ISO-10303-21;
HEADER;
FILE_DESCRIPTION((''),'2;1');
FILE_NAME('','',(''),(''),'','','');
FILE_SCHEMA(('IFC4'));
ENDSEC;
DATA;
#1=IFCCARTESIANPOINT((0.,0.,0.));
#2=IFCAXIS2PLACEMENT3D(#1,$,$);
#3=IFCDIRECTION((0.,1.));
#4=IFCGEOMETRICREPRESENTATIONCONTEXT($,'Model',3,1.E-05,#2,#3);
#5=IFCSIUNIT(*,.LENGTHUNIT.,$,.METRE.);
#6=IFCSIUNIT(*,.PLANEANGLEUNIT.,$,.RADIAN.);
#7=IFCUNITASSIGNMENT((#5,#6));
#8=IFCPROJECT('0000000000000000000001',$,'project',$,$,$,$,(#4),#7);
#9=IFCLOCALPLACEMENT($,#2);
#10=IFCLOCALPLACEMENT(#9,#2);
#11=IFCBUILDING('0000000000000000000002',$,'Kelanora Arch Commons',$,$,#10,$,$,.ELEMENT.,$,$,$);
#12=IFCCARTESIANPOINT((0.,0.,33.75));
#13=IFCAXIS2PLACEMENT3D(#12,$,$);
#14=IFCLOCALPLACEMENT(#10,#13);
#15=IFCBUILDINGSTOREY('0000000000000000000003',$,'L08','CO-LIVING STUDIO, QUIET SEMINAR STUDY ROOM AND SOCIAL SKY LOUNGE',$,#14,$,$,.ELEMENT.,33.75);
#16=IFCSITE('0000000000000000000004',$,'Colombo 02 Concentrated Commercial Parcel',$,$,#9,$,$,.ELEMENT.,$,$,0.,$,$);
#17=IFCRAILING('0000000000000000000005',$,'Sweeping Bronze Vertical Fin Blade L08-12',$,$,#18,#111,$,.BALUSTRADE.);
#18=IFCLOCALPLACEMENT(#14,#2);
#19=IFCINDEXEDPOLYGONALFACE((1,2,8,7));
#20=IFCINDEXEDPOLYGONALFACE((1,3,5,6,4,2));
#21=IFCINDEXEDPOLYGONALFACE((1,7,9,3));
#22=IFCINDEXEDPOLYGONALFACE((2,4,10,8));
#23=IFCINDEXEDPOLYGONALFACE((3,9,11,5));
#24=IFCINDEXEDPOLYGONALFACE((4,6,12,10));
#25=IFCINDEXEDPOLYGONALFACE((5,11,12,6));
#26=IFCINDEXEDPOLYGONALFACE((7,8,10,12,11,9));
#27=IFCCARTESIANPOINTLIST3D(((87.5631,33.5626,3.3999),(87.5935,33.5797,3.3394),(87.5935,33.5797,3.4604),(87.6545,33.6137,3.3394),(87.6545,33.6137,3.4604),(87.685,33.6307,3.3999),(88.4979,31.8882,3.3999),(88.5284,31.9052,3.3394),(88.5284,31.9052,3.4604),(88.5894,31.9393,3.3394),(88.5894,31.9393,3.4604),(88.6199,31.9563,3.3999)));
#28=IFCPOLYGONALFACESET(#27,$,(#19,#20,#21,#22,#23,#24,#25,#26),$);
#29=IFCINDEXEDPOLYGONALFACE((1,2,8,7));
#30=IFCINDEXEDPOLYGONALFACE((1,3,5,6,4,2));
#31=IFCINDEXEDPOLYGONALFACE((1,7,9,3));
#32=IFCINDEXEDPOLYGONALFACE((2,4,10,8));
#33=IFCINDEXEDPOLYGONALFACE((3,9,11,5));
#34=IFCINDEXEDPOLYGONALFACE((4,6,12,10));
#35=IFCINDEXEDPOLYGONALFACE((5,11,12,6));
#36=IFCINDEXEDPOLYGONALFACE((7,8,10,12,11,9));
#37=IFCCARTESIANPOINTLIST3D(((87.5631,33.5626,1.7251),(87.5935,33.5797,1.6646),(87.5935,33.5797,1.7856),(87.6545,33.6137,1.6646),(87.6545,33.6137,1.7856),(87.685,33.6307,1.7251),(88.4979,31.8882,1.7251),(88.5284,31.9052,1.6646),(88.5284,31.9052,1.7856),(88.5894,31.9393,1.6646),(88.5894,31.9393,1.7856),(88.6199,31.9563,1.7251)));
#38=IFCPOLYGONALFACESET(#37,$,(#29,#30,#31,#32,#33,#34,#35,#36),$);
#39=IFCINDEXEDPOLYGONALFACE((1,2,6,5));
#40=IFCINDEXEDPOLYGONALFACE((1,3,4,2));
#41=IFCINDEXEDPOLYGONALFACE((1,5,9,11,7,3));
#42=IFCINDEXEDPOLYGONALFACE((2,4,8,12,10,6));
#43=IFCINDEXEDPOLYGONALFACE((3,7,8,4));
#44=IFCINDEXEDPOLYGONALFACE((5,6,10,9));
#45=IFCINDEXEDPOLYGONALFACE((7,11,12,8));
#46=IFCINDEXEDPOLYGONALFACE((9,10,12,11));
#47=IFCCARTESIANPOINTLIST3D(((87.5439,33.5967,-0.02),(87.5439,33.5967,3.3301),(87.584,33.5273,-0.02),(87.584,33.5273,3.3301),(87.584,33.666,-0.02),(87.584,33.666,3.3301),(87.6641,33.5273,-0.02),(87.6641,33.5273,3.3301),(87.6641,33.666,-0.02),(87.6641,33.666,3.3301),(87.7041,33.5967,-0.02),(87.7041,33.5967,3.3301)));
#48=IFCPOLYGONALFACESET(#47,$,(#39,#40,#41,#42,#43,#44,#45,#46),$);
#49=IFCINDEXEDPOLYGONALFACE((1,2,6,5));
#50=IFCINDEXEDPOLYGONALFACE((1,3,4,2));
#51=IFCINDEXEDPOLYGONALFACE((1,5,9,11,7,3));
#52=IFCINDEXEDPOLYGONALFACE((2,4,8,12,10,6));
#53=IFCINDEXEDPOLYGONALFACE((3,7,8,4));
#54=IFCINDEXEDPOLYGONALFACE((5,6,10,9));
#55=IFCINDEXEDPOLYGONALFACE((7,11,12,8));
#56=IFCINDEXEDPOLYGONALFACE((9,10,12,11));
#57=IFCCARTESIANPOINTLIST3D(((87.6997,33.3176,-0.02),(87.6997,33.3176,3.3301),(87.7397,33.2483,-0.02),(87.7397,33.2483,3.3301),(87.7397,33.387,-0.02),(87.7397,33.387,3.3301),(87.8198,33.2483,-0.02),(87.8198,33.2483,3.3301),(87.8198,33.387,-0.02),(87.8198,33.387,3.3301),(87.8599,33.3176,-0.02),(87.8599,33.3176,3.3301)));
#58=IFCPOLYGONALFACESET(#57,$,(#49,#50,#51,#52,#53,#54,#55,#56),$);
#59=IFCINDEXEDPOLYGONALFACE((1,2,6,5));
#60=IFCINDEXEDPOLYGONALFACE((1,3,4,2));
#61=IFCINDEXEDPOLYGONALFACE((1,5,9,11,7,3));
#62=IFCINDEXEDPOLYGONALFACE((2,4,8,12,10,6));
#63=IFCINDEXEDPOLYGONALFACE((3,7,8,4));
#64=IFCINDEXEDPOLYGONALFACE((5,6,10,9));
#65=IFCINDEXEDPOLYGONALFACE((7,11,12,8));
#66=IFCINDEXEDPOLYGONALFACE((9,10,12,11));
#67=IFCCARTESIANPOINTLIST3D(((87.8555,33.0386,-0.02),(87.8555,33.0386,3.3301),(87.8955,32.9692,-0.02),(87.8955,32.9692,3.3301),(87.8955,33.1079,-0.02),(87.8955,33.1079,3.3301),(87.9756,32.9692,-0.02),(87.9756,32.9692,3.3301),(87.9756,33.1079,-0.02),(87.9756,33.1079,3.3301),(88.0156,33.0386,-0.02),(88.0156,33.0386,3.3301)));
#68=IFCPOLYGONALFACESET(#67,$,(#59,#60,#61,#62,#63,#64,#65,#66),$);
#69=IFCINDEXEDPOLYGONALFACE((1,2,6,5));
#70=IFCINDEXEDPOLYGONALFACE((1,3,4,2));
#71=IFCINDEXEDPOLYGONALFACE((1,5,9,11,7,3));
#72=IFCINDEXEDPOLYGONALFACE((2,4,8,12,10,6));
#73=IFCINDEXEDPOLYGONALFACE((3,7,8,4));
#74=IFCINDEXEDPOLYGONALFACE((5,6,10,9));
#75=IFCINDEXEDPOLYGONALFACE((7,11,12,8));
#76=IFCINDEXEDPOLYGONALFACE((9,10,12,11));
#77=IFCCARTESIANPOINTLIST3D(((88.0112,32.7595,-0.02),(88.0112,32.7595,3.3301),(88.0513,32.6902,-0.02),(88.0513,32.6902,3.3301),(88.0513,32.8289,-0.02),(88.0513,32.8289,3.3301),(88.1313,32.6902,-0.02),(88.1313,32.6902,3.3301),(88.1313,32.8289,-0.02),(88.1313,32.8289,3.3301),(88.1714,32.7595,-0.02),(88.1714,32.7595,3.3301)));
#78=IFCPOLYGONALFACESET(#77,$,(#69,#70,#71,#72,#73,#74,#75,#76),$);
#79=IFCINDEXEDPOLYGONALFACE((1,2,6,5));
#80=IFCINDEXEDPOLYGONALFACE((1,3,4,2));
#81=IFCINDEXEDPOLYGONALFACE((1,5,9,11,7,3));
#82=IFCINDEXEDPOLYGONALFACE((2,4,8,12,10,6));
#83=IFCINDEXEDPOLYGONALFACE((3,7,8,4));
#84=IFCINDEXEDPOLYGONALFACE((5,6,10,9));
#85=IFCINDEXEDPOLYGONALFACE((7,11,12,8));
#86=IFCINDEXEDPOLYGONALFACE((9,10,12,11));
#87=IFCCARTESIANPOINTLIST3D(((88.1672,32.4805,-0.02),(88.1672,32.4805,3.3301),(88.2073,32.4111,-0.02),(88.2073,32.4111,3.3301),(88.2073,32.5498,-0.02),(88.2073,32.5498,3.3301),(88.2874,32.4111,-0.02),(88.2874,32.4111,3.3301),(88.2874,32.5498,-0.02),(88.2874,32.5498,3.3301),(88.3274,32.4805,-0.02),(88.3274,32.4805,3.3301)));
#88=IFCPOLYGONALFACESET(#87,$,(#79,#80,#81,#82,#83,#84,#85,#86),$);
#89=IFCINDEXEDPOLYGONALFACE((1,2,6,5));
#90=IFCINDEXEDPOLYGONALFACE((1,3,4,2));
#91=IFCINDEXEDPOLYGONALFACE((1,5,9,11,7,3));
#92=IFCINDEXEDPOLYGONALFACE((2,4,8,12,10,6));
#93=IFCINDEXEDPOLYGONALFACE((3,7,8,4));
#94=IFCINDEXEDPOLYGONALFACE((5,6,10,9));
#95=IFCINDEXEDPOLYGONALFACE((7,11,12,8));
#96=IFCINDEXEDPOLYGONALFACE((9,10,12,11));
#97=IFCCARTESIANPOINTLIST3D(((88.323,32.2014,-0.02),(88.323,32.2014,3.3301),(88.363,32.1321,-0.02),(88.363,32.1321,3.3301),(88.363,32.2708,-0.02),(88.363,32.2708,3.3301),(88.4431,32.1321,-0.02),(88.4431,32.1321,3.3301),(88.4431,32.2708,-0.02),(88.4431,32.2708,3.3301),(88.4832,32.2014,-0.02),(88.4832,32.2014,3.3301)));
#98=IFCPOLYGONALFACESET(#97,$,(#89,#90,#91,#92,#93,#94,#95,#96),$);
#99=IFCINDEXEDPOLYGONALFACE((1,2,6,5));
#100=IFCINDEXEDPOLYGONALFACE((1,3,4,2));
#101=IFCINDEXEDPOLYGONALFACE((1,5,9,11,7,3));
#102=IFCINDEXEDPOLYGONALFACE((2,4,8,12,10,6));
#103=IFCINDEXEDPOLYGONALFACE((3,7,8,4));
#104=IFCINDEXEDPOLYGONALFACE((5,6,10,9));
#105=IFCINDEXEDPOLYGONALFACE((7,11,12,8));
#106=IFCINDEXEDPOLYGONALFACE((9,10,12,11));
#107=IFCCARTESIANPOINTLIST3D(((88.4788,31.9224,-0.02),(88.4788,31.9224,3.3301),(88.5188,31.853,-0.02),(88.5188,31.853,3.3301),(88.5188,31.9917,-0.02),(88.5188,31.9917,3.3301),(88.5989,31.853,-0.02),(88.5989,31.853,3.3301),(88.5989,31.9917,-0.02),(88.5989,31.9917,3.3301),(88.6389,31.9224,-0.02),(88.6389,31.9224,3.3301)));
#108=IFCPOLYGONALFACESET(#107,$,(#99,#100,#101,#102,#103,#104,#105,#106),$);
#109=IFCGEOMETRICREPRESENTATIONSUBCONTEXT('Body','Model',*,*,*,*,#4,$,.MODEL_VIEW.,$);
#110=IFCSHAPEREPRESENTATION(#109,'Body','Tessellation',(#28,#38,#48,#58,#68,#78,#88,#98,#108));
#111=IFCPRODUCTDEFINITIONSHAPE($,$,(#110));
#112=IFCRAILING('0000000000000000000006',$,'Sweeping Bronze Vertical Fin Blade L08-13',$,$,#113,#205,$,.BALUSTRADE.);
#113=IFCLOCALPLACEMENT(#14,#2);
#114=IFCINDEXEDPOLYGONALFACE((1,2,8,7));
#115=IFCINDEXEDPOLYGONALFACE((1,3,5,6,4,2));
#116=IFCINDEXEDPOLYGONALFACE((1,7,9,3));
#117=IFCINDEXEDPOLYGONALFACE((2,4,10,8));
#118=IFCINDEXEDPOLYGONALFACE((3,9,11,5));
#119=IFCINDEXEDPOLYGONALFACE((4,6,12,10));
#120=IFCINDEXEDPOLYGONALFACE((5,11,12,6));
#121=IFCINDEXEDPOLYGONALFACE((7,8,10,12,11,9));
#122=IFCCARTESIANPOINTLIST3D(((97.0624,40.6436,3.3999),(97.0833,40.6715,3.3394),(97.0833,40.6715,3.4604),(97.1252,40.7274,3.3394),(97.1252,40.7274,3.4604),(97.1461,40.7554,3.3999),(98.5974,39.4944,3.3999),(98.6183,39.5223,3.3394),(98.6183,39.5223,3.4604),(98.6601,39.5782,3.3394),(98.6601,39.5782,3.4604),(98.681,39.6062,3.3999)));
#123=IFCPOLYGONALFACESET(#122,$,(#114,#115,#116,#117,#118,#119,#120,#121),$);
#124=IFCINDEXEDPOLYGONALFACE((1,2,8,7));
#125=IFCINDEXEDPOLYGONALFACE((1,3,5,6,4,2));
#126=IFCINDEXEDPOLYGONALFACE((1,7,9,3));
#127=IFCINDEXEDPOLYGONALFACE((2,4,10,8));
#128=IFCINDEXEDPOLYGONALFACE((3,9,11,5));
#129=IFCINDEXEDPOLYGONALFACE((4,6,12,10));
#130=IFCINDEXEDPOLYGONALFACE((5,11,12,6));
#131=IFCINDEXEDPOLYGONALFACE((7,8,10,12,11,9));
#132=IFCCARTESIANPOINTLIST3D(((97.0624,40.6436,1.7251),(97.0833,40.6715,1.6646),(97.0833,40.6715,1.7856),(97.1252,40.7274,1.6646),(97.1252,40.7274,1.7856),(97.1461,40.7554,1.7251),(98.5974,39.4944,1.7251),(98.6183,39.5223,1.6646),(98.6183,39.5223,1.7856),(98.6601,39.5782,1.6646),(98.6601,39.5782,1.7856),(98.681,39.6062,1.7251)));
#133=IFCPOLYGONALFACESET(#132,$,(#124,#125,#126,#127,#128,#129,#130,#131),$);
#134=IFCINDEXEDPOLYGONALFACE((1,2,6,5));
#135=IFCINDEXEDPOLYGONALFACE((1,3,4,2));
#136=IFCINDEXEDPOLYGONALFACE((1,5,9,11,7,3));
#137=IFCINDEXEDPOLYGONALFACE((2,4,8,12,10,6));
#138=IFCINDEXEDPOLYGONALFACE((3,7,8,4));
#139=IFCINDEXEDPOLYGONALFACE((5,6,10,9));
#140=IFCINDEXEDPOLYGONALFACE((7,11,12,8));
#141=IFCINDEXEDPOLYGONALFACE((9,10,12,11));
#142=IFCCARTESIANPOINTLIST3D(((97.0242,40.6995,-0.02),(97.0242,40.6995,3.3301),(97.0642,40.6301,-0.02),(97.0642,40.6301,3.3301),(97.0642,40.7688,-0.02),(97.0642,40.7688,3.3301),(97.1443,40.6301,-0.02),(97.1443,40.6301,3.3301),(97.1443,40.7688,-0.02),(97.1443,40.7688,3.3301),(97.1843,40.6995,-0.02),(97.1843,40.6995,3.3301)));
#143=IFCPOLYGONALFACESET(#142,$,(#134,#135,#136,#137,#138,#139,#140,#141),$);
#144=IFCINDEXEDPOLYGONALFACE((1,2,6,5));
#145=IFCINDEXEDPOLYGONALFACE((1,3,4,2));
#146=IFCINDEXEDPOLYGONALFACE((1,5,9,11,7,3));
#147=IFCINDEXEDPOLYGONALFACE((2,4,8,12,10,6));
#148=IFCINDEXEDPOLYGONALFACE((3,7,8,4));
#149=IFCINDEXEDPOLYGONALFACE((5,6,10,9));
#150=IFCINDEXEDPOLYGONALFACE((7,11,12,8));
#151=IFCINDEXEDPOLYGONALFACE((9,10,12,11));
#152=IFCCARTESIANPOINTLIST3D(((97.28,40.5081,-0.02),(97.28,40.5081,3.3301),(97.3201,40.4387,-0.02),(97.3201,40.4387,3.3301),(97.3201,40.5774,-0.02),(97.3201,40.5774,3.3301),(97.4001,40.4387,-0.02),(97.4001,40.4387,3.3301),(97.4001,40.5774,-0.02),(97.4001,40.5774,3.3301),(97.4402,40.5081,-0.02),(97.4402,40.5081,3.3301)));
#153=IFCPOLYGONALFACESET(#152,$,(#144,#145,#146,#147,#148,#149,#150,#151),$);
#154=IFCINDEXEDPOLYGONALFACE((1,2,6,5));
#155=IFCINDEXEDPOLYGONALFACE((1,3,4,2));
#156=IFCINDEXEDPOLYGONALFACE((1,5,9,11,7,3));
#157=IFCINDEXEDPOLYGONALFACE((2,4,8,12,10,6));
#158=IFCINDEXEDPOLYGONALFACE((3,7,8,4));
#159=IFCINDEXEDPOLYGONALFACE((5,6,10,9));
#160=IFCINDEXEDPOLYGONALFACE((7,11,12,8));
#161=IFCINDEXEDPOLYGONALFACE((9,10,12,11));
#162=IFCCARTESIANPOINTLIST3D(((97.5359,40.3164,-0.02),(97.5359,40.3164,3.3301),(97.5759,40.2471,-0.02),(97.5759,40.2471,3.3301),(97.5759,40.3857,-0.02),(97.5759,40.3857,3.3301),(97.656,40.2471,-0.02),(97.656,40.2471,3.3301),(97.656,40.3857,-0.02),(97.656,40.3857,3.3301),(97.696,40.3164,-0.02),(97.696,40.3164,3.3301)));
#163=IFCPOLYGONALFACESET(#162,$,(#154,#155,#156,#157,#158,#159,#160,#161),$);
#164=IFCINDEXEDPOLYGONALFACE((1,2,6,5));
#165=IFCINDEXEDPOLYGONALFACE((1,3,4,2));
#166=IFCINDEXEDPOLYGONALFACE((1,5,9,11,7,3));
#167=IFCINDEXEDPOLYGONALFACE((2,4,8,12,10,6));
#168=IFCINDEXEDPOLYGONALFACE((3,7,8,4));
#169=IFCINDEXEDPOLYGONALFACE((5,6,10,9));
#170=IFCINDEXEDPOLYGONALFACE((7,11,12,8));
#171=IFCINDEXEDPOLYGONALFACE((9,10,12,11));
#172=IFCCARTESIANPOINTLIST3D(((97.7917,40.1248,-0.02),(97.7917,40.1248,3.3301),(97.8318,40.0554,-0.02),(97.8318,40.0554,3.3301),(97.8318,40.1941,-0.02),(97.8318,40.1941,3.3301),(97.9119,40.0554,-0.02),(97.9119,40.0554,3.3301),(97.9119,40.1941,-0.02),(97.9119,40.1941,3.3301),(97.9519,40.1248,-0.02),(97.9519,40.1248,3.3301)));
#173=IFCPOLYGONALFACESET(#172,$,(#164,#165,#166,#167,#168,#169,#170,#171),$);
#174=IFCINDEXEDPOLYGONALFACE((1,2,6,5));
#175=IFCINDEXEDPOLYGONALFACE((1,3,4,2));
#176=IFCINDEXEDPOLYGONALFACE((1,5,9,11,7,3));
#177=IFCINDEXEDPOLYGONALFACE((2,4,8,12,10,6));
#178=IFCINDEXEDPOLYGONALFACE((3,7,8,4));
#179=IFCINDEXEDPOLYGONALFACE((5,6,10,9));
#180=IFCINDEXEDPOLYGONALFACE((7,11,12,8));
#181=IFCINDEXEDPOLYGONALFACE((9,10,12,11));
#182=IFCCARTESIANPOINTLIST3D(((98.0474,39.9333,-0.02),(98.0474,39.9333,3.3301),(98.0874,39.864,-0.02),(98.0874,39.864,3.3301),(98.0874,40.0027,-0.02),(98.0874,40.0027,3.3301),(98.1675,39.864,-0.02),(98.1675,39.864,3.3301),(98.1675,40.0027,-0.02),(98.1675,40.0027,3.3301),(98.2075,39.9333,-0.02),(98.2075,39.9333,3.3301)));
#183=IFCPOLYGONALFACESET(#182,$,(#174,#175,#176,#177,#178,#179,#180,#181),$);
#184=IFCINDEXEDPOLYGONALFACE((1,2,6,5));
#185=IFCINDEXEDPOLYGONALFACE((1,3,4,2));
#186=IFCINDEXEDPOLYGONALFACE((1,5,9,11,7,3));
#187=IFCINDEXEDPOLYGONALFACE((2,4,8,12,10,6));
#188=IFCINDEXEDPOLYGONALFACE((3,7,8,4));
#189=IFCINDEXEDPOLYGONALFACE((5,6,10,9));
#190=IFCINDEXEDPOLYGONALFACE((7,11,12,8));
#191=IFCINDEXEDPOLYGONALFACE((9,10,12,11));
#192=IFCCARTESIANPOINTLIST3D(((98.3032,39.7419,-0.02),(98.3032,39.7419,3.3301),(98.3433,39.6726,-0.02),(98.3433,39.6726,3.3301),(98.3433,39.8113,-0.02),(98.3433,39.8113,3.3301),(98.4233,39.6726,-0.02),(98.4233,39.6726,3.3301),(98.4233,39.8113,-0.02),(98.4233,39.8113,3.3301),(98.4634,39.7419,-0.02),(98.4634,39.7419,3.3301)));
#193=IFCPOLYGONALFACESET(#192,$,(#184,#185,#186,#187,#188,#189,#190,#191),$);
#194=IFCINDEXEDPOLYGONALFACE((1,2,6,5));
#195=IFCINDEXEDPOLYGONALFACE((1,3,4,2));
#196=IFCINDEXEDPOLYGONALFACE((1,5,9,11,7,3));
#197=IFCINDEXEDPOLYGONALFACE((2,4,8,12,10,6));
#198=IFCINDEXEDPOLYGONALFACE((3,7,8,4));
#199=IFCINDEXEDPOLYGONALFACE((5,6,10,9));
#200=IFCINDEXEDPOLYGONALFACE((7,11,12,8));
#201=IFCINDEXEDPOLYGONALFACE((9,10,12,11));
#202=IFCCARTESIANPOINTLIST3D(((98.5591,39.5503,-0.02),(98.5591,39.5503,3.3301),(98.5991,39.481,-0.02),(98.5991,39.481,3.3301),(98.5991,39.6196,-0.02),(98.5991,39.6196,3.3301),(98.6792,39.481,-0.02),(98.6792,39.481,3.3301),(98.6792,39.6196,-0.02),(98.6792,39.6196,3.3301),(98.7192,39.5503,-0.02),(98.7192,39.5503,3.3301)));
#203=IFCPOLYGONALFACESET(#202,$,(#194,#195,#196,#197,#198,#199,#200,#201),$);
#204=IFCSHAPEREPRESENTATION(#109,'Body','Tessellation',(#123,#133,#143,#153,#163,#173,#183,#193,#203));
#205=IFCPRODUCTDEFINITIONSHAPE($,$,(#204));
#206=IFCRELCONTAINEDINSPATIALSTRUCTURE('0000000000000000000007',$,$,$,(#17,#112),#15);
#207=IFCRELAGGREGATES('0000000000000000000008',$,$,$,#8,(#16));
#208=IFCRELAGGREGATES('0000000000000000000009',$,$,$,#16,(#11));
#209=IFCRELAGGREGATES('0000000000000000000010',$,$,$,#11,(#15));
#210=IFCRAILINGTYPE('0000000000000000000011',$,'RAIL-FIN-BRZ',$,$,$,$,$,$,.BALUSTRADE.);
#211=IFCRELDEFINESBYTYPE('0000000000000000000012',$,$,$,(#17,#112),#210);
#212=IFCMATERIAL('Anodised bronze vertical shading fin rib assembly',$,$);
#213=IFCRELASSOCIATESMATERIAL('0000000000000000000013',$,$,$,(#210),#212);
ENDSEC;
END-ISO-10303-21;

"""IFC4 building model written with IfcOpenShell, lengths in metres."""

from ifc_helpers import new_model, si_unit, direction, frame, origin, place, context, subcontext, project, spatial, polyline, outline, extrude, material, type_object, element, save


model = new_model("IFC4")

# Units and contexts
model_context = context("Model", 3, precision=1e-05, world=origin(), true_north=direction((0.0, 1.0)))
body_context = subcontext(model_context, "Body", "Model", "MODEL_VIEW")
ifc_project = project(units=[si_unit("LENGTHUNIT", "METRE"), si_unit("PLANEANGLEUNIT", "RADIAN")], contexts=[model_context])

# Site, building, storey
site_placement = place(None, origin())
site = spatial("IfcSite", under=ifc_project, at=site_placement, Name="Colombo 02 Concentrated Commercial Parcel", CompositionType="ELEMENT", RefElevation=0.0)
building_placement = place(site_placement, origin())
building = spatial("IfcBuilding", under=site, at=building_placement, Name="Kelanora Arch Commons", CompositionType="ELEMENT")
storey_placement = place(building_placement, frame((0.0, 0.0, 33.75)))
storey = spatial("IfcBuildingStorey", under=building, at=storey_placement, Name="L08", Description="CO-LIVING STUDIO, QUIET SEMINAR STUDY ROOM AND SOCIAL SKY LOUNGE", CompositionType="ELEMENT", Elevation=33.75)

# Railings
ifc_material_1 = material(Name="Anodised bronze vertical shading fin rib assembly")
railing_type = type_object("IfcRailingType", Name="RAIL-FIN-BRZ", PredefinedType="BALUSTRADE", material=ifc_material_1)
railing_1_placement = place(storey_placement, frame((87.624, 33.5967, -0.02)))
element("IfcRailing", 1, at=railing_1_placement, inside=storey, type_object=railing_type, Name="Sweeping Bronze Vertical Fin Blade L08-12", PredefinedType="BALUSTRADE", context=body_context, shape_type="SweptSolid", body=[
    extrude(outline(polyline([(0.0698, 0.0), (0.0349, 0.0605), (-0.0349, 0.0605), (-0.0698, 0.0), (-0.0349, -0.0605), (0.0349, -0.0605), (0.0698, 0.0)])), frame((0.0, 0.0, 3.4199), z_axis=(0.48749, -0.873128, 0.0), x_axis=(0.873128, 0.48749, 0.0)), (0.0, 0.0, 1.0), 1.9177),
    extrude(outline(polyline([(0.0698, 0.0), (0.0349, 0.0605), (-0.0349, 0.0605), (-0.0698, 0.0), (-0.0349, -0.0605), (0.0349, -0.0605), (0.0698, 0.0)])), frame((0.0, 0.0, 1.7451), z_axis=(0.48749, -0.873128, 0.0), x_axis=(0.873128, 0.48749, 0.0)), (0.0, 0.0, 1.0), 1.9177),
    extrude(outline(polyline([(0.0801, 0.0), (0.04, 0.0693), (-0.04, 0.0693), (-0.0801, 0.0), (-0.04, -0.0693), (0.04, -0.0693), (0.0801, 0.0)])), origin(), (0.0, 0.0, 1.0), 3.3501),
    extrude(outline(polyline([(0.0801, 0.0), (0.04, 0.0693), (-0.04, 0.0693), (-0.0801, 0.0), (-0.04, -0.0693), (0.04, -0.0693), (0.0801, 0.0)])), frame((0.1558, -0.2791, 0.0)), (0.0, 0.0, 1.0), 3.3501),
    extrude(outline(polyline([(0.0801, 0.0), (0.04, 0.0693), (-0.04, 0.0693), (-0.0801, 0.0), (-0.04, -0.0693), (0.04, -0.0693), (0.0801, 0.0)])), frame((0.3115, -0.5581, 0.0)), (0.0, 0.0, 1.0), 3.3501),
    extrude(outline(polyline([(0.0801, 0.0), (0.04, 0.0693), (-0.04, 0.0693), (-0.0801, 0.0), (-0.04, -0.0693), (0.04, -0.0693), (0.0801, 0.0)])), frame((0.4673, -0.8372, 0.0)), (0.0, 0.0, 1.0), 3.3501),
    extrude(outline(polyline([(0.0801, 0.0), (0.04, 0.0693), (-0.04, 0.0693), (-0.0801, 0.0), (-0.04, -0.0693), (0.04, -0.0693), (0.0801, 0.0)])), frame((0.6233, -1.1162, 0.0)), (0.0, 0.0, 1.0), 3.3501),
    extrude(outline(polyline([(0.0801, 0.0), (0.04, 0.0693), (-0.04, 0.0693), (-0.0801, 0.0), (-0.04, -0.0693), (0.04, -0.0693), (0.0801, 0.0)])), frame((0.7791, -1.3953, 0.0)), (0.0, 0.0, 1.0), 3.3501),
    extrude(outline(polyline([(0.0801, 0.0), (0.04, 0.0693), (-0.04, 0.0693), (-0.0801, 0.0), (-0.04, -0.0693), (0.04, -0.0693), (0.0801, 0.0)])), frame((0.9348, -1.6743, 0.0)), (0.0, 0.0, 1.0), 3.3501),
])
railing_2_placement = place(storey_placement, frame((97.1042, 40.6995, -0.02)))
element("IfcRailing", 2, at=railing_2_placement, inside=storey, type_object=railing_type, Name="Sweeping Bronze Vertical Fin Blade L08-13", PredefinedType="BALUSTRADE", context=body_context, shape_type="SweptSolid", body=[
    extrude(outline(polyline([(0.0698, 0.0), (0.0349, 0.0605), (-0.0349, 0.0605), (-0.0698, 0.0), (-0.0349, -0.0605), (0.0349, -0.0605), (0.0698, 0.0)])), frame((0.0, 0.0, 3.4199), z_axis=(0.800504, -0.599328, 0.0), x_axis=(0.599328, 0.800504, 0.0)), (0.0, 0.0, 1.0), 1.9175),
    extrude(outline(polyline([(0.0698, 0.0), (0.0349, 0.0605), (-0.0349, 0.0605), (-0.0698, 0.0), (-0.0349, -0.0605), (0.0349, -0.0605), (0.0698, 0.0)])), frame((0.0, 0.0, 1.7451), z_axis=(0.800504, -0.599328, 0.0), x_axis=(0.599328, 0.800504, 0.0)), (0.0, 0.0, 1.0), 1.9175),
    extrude(outline(polyline([(0.0801, 0.0), (0.04, 0.0693), (-0.04, 0.0693), (-0.0801, 0.0), (-0.04, -0.0693), (0.04, -0.0693), (0.0801, 0.0)])), origin(), (0.0, 0.0, 1.0), 3.3501),
    extrude(outline(polyline([(0.0801, 0.0), (0.04, 0.0693), (-0.04, 0.0693), (-0.0801, 0.0), (-0.04, -0.0693), (0.04, -0.0693), (0.0801, 0.0)])), frame((0.2559, -0.1914, 0.0)), (0.0, 0.0, 1.0), 3.3501),
    extrude(outline(polyline([(0.0801, 0.0), (0.04, 0.0693), (-0.04, 0.0693), (-0.0801, 0.0), (-0.04, -0.0693), (0.04, -0.0693), (0.0801, 0.0)])), frame((0.5117, -0.3831, 0.0)), (0.0, 0.0, 1.0), 3.3501),
    extrude(outline(polyline([(0.0801, 0.0), (0.04, 0.0693), (-0.04, 0.0693), (-0.0801, 0.0), (-0.04, -0.0693), (0.04, -0.0693), (0.0801, 0.0)])), frame((0.7676, -0.5747, 0.0)), (0.0, 0.0, 1.0), 3.3501),
    extrude(outline(polyline([(0.0801, 0.0), (0.04, 0.0693), (-0.04, 0.0693), (-0.0801, 0.0), (-0.04, -0.0693), (0.04, -0.0693), (0.0801, 0.0)])), frame((1.0232, -0.7661, 0.0)), (0.0, 0.0, 1.0), 3.3501),
    extrude(outline(polyline([(0.0801, 0.0), (0.04, 0.0693), (-0.04, 0.0693), (-0.0801, 0.0), (-0.04, -0.0693), (0.04, -0.0693), (0.0801, 0.0)])), frame((1.2791, -0.9575, 0.0)), (0.0, 0.0, 1.0), 3.3501),
    extrude(outline(polyline([(0.0801, 0.0), (0.04, 0.0693), (-0.04, 0.0693), (-0.0801, 0.0), (-0.04, -0.0693), (0.04, -0.0693), (0.0801, 0.0)])), frame((1.5349, -1.1492, 0.0)), (0.0, 0.0, 1.0), 3.3501),
])

save(model, "model.ifc")
